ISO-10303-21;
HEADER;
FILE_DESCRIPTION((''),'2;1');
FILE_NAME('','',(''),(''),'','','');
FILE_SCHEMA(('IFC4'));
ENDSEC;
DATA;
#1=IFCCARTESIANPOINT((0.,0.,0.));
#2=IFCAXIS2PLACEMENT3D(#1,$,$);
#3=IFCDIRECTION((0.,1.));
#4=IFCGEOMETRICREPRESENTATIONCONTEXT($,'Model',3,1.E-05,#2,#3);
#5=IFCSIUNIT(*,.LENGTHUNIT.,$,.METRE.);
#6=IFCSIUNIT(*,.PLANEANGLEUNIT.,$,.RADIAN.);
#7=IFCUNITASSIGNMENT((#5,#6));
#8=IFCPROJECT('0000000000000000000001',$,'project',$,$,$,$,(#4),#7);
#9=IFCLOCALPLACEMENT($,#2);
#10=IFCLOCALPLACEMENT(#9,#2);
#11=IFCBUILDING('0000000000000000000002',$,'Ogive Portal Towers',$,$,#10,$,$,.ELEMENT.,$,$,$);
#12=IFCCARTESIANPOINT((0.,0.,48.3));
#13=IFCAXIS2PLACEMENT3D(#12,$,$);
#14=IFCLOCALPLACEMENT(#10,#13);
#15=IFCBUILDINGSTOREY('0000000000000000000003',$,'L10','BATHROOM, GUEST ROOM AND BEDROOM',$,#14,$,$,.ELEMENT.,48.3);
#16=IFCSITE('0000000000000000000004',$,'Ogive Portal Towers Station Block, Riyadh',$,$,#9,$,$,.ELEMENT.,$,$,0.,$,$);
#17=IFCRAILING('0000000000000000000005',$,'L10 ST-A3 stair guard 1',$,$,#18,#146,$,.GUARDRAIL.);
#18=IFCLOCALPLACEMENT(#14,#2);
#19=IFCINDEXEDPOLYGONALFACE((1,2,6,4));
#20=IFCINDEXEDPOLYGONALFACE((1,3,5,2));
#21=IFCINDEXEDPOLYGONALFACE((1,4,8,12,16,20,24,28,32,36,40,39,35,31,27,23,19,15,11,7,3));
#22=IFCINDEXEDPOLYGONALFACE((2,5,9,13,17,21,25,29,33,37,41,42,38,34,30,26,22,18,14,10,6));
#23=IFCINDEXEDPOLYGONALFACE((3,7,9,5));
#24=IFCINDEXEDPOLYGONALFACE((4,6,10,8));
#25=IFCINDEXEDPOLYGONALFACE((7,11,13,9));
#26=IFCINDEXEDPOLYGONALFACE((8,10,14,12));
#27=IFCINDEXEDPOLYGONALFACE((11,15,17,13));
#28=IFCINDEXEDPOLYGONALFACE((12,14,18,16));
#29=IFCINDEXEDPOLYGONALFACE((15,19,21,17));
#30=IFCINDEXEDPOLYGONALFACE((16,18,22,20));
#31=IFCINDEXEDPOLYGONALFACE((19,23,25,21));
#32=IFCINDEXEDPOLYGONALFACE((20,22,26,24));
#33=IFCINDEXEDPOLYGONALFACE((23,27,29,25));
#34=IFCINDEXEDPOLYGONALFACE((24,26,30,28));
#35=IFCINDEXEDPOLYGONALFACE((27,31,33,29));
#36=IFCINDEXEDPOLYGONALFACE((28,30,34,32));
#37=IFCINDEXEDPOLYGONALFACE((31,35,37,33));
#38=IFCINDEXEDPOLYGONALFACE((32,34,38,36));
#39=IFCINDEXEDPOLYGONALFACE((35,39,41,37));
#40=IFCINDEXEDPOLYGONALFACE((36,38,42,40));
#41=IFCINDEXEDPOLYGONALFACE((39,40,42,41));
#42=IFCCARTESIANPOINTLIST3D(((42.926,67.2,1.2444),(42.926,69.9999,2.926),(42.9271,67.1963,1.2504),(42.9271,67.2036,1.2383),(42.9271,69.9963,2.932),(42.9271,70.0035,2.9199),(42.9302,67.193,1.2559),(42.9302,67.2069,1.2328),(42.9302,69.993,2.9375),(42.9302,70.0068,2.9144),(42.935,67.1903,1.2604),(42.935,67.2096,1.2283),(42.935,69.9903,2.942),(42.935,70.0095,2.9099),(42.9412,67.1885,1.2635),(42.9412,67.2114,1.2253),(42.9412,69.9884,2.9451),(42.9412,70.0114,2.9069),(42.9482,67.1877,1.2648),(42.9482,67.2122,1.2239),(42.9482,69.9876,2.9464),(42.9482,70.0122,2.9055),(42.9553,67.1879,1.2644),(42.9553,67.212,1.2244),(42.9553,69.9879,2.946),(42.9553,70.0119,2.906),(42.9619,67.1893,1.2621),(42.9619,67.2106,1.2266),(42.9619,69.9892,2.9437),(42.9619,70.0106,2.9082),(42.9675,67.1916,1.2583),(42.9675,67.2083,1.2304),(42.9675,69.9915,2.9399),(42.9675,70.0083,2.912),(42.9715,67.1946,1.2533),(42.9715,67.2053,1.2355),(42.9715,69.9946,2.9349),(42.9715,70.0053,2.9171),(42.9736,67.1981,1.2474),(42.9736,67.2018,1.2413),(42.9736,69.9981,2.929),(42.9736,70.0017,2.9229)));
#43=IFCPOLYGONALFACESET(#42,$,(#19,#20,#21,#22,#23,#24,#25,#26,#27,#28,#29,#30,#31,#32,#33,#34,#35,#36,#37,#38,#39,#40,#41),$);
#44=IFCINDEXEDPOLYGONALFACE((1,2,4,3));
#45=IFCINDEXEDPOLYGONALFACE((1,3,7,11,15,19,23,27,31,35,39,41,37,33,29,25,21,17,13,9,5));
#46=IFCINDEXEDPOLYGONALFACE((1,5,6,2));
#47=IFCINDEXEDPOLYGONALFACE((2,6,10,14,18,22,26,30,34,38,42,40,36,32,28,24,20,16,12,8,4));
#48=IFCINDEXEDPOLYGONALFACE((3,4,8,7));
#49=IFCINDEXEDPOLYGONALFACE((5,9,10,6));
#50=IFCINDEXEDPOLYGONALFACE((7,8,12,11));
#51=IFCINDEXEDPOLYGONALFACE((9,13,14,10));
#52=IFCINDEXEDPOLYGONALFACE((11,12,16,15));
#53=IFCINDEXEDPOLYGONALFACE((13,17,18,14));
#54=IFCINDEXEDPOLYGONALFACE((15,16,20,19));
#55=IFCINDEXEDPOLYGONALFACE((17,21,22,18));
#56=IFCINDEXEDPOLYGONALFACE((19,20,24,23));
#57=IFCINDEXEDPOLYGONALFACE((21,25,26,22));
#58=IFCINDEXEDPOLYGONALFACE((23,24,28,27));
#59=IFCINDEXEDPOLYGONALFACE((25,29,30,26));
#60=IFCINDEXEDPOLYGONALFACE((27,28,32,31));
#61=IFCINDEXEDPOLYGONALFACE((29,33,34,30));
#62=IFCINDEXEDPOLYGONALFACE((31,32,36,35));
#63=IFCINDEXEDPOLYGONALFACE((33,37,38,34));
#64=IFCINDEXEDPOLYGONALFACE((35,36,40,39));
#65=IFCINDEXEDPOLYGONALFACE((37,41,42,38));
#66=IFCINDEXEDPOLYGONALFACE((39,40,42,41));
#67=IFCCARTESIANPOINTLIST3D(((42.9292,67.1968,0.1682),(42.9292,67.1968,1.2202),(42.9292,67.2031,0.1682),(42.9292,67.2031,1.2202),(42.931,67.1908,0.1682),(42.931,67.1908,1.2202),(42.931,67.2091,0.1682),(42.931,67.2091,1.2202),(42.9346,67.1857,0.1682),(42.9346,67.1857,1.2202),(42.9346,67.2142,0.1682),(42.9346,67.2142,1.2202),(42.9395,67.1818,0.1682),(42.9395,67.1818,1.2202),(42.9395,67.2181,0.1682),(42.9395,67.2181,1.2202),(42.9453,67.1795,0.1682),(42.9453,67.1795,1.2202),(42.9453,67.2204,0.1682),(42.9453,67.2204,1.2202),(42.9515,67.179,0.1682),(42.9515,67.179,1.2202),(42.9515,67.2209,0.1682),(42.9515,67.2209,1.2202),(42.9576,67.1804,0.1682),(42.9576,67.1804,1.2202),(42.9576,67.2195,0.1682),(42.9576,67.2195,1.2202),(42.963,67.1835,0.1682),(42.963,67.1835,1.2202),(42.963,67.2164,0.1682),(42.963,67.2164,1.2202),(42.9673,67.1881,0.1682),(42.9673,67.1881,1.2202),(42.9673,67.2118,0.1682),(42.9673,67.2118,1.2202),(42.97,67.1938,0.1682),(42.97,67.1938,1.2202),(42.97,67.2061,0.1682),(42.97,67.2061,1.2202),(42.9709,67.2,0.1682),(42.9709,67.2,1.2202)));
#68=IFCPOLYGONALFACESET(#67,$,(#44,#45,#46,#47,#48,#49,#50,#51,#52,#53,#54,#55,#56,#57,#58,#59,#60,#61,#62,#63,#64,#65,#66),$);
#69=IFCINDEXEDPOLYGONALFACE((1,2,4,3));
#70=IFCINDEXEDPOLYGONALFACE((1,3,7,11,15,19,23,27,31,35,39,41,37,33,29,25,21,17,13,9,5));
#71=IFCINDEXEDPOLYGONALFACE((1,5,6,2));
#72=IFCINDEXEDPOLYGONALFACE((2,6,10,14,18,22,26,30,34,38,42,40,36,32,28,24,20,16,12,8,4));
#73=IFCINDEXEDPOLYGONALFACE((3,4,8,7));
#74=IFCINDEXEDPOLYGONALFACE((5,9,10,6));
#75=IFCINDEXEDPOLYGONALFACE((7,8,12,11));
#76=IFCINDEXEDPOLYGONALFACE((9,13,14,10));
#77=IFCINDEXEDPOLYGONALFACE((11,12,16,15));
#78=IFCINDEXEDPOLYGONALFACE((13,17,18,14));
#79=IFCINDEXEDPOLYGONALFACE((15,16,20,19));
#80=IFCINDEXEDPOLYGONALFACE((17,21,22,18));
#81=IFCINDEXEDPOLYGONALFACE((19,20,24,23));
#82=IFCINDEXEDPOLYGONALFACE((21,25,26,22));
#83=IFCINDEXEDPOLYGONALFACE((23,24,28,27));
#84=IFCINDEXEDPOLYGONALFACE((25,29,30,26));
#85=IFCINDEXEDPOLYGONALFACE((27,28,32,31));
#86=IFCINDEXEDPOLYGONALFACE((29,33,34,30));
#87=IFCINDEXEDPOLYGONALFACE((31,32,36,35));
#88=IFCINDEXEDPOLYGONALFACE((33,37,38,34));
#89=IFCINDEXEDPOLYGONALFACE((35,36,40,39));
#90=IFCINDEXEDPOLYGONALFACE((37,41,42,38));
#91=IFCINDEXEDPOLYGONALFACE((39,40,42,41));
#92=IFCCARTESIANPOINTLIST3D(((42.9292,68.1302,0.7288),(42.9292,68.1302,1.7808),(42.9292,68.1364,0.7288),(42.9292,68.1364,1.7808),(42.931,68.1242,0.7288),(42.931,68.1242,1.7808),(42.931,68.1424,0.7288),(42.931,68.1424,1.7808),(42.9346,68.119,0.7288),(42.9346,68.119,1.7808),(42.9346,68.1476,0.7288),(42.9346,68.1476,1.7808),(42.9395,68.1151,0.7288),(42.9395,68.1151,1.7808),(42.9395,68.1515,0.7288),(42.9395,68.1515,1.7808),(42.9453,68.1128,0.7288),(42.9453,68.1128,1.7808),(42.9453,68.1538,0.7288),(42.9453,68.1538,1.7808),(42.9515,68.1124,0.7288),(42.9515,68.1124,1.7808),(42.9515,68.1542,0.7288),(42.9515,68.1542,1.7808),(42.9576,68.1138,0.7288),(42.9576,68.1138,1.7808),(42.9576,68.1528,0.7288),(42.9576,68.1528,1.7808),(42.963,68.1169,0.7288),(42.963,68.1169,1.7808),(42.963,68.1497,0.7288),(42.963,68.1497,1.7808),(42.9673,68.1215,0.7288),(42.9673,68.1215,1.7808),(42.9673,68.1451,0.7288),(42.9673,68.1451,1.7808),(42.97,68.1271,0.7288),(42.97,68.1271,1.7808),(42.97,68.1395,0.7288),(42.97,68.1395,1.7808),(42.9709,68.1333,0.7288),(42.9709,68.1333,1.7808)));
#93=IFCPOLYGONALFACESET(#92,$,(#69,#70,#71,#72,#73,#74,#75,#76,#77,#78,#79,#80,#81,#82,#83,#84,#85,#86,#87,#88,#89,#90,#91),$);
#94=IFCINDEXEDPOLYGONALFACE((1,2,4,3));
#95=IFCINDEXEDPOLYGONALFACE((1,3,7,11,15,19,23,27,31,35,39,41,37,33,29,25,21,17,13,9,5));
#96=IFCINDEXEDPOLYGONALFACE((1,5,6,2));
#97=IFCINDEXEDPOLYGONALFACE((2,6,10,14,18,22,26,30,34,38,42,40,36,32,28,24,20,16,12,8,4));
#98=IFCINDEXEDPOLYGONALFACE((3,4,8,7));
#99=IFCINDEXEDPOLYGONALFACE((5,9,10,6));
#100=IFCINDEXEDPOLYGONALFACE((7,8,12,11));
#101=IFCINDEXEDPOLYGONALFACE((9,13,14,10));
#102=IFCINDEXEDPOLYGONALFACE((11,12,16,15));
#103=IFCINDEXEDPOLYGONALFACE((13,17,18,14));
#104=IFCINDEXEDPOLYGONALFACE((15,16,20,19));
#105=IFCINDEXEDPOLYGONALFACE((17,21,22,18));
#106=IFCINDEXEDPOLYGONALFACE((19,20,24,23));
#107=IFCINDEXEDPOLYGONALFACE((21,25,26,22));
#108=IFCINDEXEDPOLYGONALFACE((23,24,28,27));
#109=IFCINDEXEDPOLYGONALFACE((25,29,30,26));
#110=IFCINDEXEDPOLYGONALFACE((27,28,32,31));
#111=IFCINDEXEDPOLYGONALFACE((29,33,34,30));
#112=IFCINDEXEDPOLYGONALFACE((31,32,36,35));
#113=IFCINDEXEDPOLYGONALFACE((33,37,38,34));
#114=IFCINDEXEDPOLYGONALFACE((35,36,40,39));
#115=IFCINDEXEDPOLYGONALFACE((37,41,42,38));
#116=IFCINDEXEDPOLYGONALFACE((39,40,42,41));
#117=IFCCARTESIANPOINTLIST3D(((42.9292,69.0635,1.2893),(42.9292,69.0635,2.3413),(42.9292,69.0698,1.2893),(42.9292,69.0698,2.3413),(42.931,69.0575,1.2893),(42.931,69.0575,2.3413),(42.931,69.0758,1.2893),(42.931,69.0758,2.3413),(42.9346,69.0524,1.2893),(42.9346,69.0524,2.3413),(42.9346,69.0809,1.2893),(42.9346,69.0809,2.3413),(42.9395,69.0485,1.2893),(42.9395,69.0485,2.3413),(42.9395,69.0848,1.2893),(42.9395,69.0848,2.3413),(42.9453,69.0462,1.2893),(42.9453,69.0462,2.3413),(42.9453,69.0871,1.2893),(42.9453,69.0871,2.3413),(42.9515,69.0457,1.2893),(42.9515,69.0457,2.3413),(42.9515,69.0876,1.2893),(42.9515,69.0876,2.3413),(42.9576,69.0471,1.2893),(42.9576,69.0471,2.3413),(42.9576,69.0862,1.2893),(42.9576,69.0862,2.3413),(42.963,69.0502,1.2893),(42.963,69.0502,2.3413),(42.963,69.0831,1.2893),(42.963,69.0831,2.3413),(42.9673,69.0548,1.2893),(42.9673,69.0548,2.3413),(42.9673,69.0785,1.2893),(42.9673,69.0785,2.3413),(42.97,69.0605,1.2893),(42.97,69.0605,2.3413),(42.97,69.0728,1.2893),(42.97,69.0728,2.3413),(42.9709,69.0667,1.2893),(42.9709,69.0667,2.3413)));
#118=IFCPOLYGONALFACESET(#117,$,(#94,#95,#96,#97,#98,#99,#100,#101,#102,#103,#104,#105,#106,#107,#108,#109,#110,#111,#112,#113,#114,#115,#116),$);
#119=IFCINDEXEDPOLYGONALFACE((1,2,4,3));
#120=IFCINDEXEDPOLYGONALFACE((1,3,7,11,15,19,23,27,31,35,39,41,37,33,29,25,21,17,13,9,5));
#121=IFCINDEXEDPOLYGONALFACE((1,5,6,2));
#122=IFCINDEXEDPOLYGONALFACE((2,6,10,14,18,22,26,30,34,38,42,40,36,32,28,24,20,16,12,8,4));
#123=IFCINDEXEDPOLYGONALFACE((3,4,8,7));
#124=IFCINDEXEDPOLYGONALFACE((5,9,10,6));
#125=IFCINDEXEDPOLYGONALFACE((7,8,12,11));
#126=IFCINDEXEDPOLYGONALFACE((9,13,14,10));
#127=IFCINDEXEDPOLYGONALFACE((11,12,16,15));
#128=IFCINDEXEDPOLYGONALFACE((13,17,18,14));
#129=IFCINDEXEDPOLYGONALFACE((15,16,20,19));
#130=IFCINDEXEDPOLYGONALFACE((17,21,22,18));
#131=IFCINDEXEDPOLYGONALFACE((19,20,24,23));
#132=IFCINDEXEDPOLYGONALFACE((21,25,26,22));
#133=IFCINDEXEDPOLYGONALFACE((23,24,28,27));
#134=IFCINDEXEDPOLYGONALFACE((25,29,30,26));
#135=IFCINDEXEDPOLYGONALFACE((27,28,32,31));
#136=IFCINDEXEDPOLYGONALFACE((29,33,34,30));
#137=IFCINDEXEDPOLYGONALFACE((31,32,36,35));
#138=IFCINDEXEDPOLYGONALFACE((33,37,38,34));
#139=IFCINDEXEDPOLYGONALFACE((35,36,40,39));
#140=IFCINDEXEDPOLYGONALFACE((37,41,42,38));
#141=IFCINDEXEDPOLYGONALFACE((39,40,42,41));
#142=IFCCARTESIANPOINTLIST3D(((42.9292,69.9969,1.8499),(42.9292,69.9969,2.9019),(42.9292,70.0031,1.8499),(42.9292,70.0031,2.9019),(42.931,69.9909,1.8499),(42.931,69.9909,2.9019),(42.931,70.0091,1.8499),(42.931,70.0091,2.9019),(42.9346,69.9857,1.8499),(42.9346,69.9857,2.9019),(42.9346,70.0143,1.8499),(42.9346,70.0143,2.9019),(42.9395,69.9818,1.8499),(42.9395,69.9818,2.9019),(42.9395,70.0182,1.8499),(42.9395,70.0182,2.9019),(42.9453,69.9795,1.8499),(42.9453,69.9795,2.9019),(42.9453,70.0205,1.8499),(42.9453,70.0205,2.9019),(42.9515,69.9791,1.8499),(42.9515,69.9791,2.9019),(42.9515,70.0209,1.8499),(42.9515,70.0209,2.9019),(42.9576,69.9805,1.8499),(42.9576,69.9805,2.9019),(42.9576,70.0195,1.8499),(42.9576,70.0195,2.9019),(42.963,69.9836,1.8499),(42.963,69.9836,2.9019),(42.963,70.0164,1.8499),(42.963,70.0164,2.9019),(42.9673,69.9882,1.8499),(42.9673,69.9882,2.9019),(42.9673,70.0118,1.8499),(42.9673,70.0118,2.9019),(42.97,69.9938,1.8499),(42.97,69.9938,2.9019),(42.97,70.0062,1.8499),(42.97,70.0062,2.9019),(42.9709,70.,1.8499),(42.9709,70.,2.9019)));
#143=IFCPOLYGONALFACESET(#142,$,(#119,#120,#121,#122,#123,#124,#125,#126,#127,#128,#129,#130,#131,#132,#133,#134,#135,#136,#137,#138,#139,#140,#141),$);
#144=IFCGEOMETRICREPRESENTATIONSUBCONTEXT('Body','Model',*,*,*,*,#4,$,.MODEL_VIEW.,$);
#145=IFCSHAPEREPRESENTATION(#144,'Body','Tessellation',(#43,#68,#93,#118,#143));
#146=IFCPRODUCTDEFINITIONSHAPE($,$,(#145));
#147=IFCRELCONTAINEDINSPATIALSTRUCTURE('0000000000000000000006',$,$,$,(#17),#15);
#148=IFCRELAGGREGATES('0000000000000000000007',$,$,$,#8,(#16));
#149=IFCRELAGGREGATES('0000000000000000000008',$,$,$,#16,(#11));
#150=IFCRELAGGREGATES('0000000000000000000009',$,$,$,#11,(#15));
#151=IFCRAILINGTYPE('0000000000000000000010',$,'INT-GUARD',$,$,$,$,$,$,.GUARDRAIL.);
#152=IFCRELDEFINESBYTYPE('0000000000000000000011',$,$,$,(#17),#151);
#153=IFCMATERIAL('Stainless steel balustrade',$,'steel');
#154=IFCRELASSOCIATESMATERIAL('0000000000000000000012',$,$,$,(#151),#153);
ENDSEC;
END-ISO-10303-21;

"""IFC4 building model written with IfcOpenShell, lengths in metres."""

from ifc_helpers import new_model, si_unit, direction, frame, origin, origin_2d, place, context, subcontext, project, spatial, circle, extrude, material, type_object, element, save


model = new_model("IFC4")

# Units and contexts
model_context = context("Model", 3, precision=1e-05, world=origin(), true_north=direction((0.0, 1.0)))
body_context = subcontext(model_context, "Body", "Model", "MODEL_VIEW")
ifc_project = project(units=[si_unit("LENGTHUNIT", "METRE"), si_unit("PLANEANGLEUNIT", "RADIAN")], contexts=[model_context])

# Site, building, storey
site_placement = place(None, origin())
site = spatial("IfcSite", under=ifc_project, at=site_placement, Name="Ogive Portal Towers Station Block, Riyadh", CompositionType="ELEMENT", RefElevation=0.0)
building_placement = place(site_placement, origin())
building = spatial("IfcBuilding", under=site, at=building_placement, Name="Ogive Portal Towers", CompositionType="ELEMENT")
storey_placement = place(building_placement, frame((0.0, 0.0, 48.3)))
storey = spatial("IfcBuildingStorey", under=building, at=storey_placement, Name="L10", Description="BATHROOM, GUEST ROOM AND BEDROOM", CompositionType="ELEMENT", Elevation=48.3)

# Railing
ifc_material_1 = material(Name="Stainless steel balustrade", Category="steel")
railing_type_1 = type_object("IfcRailingType", Name="INT-GUARD", PredefinedType="GUARDRAIL", material=ifc_material_1)
railing_1_placement = place(storey_placement, frame((42.95, 67.2, 0.1682)))
element("IfcRailing", 1, at=railing_1_placement, inside=storey, type_object=railing_type_1, Name="L10 ST-A3 stair guard 1", PredefinedType="GUARDRAIL", context=body_context, shape_type="SweptSolid", body=[
    extrude(circle(Radius=0.0239, at=origin_2d()), frame((0.0, 0.0, 1.0762), z_axis=(0.0, 0.857275, 0.514858), x_axis=(-1.0, 0.0, 0.0)), (0.0, 0.0, 1.0), 3.2661),
    extrude(circle(Radius=0.021, at=origin_2d()), origin(), (0.0, 0.0, 1.0), 1.052),
    extrude(circle(Radius=0.021, at=origin_2d()), frame((0.0, 0.9333, 0.5605)), (0.0, 0.0, 1.0), 1.052),
    extrude(circle(Radius=0.021, at=origin_2d()), frame((0.0, 1.8667, 1.1211)), (0.0, 0.0, 1.0), 1.052),
    extrude(circle(Radius=0.021, at=origin_2d()), frame((0.0, 2.8, 1.6816)), (0.0, 0.0, 1.0), 1.052),
])

save(model, "model.ifc")
